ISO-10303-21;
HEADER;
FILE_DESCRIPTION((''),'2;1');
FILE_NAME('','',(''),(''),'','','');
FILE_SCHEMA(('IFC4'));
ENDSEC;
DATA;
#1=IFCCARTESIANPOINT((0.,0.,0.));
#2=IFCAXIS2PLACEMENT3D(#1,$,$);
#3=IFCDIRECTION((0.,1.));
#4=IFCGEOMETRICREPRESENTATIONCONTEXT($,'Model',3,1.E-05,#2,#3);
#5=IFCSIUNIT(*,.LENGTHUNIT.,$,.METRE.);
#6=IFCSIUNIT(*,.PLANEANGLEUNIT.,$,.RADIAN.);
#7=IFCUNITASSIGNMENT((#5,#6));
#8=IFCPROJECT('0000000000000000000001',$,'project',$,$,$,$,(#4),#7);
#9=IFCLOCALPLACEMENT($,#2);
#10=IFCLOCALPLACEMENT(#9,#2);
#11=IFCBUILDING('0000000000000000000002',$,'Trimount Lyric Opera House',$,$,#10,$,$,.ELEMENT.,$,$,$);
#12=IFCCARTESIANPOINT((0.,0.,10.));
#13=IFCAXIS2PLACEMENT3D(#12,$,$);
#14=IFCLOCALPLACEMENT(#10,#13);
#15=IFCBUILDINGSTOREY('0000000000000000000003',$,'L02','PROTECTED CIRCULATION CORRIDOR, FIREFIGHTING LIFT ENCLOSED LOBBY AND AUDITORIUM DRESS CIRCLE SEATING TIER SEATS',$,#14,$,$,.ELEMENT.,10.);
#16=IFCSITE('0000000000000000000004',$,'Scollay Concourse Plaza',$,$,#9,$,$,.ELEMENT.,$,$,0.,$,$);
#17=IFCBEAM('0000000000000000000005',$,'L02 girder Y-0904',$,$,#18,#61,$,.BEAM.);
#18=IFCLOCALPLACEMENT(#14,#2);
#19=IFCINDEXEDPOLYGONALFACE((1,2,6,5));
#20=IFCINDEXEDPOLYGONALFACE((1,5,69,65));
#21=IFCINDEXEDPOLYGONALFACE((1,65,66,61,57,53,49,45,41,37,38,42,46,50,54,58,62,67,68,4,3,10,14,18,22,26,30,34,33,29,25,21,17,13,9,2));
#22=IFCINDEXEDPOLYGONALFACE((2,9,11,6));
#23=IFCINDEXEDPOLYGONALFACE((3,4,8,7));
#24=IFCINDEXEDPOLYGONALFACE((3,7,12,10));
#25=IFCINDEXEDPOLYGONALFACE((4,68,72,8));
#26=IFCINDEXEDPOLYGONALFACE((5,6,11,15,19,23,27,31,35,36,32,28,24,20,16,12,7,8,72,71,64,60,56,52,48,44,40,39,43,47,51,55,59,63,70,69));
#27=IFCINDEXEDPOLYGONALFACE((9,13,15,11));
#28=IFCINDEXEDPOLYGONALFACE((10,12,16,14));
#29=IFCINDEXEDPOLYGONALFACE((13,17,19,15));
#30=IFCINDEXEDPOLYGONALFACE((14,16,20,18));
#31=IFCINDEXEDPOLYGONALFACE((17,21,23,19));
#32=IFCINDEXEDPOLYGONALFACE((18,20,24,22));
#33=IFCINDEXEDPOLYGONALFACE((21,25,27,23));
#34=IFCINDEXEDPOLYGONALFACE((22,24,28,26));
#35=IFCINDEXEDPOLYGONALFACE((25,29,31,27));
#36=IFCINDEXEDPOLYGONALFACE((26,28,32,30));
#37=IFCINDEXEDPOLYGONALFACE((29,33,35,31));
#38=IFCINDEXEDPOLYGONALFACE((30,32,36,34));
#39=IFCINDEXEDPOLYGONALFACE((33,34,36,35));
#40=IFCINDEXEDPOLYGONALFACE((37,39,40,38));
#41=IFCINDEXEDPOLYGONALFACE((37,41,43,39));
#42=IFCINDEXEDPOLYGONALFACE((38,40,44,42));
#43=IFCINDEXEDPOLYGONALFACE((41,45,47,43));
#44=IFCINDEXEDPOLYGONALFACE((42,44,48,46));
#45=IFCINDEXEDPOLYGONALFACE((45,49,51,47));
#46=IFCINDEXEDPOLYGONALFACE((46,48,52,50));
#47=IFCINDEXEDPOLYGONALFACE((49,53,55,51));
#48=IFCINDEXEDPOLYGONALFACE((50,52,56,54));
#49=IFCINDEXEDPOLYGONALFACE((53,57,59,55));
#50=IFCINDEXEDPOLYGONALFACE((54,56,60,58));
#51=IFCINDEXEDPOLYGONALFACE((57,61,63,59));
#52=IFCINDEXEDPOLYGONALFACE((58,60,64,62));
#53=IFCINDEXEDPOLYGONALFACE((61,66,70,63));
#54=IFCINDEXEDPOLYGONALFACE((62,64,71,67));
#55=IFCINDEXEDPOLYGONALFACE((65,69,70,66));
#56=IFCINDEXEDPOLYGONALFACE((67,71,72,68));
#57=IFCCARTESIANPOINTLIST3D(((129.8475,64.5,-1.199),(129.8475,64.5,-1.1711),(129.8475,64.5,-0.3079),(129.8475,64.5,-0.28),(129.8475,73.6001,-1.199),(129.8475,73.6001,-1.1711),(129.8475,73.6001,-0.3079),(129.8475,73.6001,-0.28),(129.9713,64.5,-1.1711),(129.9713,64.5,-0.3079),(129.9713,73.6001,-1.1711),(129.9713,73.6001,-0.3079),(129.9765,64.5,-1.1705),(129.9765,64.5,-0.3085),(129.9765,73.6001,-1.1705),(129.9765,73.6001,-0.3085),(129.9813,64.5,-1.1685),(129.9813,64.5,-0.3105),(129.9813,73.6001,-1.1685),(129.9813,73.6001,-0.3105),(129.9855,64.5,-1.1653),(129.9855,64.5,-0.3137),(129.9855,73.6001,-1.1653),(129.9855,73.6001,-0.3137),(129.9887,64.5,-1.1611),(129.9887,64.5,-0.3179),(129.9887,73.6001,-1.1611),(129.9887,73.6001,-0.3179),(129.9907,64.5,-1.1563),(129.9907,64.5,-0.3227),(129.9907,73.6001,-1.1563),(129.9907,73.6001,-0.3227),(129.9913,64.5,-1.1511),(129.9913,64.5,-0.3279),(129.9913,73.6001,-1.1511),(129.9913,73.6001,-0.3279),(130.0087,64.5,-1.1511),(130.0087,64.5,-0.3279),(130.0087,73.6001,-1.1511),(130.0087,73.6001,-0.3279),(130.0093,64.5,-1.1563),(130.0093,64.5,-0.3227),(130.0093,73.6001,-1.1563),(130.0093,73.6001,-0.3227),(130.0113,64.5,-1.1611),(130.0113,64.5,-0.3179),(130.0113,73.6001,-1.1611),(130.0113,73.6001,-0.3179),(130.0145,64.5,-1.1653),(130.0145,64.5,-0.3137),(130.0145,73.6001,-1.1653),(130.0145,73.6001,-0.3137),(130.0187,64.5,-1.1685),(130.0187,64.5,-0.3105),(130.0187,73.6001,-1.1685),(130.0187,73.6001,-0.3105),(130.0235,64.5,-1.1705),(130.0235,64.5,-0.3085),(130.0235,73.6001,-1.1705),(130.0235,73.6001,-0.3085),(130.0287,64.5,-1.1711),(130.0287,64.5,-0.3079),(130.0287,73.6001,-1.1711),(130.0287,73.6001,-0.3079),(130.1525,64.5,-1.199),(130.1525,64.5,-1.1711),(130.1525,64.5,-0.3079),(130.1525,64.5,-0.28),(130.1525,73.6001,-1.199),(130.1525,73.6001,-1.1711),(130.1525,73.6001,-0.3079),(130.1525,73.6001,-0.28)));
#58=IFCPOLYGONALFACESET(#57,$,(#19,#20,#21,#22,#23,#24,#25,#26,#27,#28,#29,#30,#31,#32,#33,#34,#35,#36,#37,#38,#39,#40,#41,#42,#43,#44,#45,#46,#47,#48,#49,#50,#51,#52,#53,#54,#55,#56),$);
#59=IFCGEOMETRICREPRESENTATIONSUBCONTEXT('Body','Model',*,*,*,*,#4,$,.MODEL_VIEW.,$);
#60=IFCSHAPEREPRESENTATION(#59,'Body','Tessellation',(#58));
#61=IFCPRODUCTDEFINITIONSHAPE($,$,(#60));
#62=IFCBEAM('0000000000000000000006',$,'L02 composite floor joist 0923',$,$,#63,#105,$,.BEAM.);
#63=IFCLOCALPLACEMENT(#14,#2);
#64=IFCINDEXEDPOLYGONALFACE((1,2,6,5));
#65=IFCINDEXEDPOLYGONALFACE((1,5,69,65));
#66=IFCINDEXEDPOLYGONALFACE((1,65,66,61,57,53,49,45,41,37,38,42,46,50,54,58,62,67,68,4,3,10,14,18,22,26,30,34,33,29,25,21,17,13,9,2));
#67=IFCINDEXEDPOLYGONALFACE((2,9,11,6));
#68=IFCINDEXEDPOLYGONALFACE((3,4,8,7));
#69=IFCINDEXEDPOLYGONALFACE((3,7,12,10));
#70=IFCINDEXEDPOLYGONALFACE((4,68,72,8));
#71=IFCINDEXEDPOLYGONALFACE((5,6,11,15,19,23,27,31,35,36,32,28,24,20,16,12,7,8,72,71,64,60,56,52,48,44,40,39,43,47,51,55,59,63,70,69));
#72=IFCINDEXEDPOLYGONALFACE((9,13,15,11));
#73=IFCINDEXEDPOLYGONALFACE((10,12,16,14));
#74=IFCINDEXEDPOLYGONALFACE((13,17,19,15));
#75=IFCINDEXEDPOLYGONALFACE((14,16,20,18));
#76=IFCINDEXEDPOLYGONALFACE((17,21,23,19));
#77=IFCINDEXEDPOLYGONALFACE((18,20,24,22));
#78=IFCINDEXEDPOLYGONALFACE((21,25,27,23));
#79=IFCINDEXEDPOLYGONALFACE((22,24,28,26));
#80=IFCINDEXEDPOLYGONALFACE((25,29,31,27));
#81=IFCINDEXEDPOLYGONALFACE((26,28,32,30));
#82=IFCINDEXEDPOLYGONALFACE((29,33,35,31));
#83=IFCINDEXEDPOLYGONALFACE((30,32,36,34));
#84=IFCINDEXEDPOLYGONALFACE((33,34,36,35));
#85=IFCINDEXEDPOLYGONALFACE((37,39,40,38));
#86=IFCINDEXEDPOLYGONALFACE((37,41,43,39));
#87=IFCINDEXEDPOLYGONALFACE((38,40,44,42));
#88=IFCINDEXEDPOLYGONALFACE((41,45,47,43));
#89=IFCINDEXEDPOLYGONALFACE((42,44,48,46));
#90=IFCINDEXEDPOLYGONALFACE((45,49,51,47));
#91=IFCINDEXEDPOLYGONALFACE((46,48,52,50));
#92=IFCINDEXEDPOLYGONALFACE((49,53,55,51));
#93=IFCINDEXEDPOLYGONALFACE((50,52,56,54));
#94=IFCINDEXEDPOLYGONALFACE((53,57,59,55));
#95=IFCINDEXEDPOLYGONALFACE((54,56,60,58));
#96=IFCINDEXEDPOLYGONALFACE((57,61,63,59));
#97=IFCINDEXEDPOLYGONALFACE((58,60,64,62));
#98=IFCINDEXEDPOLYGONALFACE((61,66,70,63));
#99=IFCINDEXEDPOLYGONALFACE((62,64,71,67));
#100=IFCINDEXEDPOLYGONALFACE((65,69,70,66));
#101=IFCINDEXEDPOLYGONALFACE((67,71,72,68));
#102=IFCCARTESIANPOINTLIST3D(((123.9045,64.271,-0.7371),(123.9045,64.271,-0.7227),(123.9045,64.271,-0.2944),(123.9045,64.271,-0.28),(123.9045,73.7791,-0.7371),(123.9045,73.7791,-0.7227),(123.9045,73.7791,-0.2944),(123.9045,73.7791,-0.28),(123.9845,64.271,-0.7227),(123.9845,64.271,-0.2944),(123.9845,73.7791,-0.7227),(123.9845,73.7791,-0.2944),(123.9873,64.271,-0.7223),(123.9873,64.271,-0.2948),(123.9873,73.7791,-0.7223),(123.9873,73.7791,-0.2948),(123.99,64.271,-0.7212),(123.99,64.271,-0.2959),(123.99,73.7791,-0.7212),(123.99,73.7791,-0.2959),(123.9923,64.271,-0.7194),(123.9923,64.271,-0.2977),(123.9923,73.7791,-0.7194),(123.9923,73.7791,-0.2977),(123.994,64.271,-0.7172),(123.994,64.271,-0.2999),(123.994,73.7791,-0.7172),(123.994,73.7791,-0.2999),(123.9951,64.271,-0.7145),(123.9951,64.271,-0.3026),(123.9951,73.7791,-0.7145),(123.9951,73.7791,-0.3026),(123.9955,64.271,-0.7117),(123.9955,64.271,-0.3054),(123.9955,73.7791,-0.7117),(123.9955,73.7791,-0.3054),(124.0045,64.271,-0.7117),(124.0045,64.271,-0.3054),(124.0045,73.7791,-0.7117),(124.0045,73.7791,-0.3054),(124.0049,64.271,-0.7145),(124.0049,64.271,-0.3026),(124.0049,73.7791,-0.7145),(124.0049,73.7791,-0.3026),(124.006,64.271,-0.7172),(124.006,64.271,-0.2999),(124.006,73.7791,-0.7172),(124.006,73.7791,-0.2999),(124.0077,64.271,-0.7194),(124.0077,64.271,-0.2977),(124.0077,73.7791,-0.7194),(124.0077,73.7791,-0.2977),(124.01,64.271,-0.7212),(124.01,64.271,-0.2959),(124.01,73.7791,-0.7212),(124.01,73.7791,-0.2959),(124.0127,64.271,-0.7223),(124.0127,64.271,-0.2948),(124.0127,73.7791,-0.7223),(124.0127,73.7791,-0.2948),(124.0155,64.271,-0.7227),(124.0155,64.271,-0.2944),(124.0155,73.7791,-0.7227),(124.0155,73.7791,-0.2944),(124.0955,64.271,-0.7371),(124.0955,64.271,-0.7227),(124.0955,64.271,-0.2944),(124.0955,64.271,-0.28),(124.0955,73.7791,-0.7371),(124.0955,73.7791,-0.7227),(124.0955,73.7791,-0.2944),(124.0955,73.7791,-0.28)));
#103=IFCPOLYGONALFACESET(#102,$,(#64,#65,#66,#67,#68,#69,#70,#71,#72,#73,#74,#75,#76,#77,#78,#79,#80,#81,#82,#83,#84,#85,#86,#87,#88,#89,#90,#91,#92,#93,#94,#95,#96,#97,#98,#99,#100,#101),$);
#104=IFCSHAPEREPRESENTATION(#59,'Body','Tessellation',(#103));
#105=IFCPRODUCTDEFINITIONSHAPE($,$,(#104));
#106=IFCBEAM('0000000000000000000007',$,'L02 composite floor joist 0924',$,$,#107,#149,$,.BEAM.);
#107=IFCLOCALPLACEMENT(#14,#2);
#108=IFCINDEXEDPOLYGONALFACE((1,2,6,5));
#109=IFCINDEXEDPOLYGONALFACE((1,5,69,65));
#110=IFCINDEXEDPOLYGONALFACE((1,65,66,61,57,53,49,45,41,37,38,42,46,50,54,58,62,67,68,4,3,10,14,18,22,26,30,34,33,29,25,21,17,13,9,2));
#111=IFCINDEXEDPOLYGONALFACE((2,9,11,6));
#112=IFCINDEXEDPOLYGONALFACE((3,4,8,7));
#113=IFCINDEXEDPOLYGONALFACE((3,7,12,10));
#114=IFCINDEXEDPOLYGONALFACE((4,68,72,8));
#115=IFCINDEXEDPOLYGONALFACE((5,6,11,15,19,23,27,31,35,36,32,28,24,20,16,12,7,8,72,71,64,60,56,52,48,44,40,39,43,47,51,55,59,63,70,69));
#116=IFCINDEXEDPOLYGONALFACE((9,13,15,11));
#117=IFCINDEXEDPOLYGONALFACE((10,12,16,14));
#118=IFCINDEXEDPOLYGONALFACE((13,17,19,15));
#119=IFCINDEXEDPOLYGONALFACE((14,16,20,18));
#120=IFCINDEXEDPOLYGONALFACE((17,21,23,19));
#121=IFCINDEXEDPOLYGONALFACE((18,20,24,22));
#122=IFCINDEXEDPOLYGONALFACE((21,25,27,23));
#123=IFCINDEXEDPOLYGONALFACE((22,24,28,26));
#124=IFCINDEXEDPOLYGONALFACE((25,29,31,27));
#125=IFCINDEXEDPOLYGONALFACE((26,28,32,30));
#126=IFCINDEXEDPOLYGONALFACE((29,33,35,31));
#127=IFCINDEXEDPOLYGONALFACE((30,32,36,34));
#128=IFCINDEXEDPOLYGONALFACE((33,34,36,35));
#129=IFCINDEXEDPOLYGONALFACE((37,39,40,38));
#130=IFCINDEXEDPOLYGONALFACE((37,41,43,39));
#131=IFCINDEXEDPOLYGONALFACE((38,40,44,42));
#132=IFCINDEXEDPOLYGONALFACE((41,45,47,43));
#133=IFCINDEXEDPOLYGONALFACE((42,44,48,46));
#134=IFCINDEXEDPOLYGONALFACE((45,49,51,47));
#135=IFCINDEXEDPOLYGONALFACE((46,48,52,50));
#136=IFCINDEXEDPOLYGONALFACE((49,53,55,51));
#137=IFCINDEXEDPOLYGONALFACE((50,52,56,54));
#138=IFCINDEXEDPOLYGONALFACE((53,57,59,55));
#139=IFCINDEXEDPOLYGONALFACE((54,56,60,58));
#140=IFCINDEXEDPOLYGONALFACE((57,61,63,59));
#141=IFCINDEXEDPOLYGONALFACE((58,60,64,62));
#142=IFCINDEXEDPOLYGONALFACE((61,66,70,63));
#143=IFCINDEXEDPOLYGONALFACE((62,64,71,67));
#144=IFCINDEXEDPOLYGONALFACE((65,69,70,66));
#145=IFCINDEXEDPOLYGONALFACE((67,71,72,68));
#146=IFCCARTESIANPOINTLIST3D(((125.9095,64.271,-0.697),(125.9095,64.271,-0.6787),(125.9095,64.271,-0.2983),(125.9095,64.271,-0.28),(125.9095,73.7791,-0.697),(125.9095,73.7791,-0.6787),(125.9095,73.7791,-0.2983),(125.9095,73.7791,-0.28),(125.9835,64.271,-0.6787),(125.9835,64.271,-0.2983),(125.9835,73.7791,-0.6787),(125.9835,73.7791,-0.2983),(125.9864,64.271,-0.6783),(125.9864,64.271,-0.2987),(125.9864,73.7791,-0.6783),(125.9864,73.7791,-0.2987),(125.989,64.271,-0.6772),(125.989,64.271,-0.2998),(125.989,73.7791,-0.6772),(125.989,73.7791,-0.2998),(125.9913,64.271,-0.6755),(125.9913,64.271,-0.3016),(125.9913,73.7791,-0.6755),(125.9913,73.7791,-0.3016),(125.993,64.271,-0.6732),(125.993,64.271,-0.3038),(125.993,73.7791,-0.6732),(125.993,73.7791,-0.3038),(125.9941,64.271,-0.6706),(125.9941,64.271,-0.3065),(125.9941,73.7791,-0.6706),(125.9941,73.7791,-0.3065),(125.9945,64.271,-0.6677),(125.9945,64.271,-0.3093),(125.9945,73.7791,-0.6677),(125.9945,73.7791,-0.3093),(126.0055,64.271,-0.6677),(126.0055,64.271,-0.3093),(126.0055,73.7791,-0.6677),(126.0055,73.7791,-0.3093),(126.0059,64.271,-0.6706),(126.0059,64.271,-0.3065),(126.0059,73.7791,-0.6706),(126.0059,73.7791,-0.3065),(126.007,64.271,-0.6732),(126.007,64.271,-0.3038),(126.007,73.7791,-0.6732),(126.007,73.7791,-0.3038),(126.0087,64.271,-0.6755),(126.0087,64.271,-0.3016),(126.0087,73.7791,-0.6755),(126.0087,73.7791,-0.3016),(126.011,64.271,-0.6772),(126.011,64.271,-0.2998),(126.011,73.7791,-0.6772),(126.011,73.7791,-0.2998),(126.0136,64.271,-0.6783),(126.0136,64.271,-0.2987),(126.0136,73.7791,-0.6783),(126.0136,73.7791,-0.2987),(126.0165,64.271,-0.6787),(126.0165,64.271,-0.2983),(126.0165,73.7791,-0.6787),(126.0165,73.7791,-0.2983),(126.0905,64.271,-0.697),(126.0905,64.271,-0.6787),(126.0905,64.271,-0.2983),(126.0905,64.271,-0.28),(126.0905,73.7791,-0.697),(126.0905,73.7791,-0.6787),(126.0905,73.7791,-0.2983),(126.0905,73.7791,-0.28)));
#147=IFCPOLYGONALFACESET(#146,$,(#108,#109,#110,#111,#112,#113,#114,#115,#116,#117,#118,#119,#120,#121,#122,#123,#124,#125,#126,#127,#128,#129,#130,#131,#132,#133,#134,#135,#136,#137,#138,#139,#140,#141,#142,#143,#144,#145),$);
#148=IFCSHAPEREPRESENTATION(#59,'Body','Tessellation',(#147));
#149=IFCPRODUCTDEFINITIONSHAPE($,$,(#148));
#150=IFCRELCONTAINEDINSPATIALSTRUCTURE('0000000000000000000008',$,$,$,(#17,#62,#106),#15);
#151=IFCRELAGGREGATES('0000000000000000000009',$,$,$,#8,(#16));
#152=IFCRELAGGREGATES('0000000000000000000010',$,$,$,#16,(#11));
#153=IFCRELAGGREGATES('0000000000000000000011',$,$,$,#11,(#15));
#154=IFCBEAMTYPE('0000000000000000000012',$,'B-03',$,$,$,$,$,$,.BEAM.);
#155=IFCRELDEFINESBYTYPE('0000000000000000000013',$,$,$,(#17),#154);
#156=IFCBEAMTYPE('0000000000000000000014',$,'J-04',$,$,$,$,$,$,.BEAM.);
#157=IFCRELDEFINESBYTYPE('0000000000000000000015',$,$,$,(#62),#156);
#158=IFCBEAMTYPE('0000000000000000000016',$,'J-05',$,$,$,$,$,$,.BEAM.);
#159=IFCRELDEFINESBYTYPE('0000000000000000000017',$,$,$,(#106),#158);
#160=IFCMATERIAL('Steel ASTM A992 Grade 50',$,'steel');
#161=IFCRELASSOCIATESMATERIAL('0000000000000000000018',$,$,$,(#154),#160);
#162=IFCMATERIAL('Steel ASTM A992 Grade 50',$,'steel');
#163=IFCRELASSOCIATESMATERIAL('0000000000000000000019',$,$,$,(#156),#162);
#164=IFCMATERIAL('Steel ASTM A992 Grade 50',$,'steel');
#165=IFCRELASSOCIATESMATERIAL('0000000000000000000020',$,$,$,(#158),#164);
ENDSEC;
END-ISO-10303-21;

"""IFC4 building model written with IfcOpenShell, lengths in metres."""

from ifc_helpers import new_model, si_unit, direction, frame, origin, origin_2d, place, context, subcontext, project, spatial, i_section, extrude, material, material_profile, profile_set, type_object, element, save


model = new_model("IFC4")

# Units and contexts
model_context = context("Model", 3, precision=1e-05, world=origin(), true_north=direction((0.0, 1.0)))
body_context = subcontext(model_context, "Body", "Model", "MODEL_VIEW")
ifc_project = project(units=[si_unit("LENGTHUNIT", "METRE"), si_unit("PLANEANGLEUNIT", "RADIAN")], contexts=[model_context])

# Site, building, storey
site_placement = place(None, origin())
site = spatial("IfcSite", under=ifc_project, at=site_placement, Name="Scollay Concourse Plaza", CompositionType="ELEMENT", RefElevation=0.0)
building_placement = place(site_placement, origin())
building = spatial("IfcBuilding", under=site, at=building_placement, Name="Trimount Lyric Opera House", CompositionType="ELEMENT")
storey_placement = place(building_placement, frame((0.0, 0.0, 10.0)))
storey = spatial("IfcBuildingStorey", under=building, at=storey_placement, Name="L02", Description="PROTECTED CIRCULATION CORRIDOR, FIREFIGHTING LIFT ENCLOSED LOBBY AND AUDITORIUM DRESS CIRCLE SEATING TIER SEATS", CompositionType="ELEMENT", Elevation=10.0)

# Beams
ifc_material_1 = material(Name="Steel ASTM A992 Grade 50", Category="steel")
ifc_material_profile_1 = material_profile(ifc_material_1, i_section(OverallWidth=0.3049, OverallDepth=0.9189, WebThickness=0.0173, FlangeThickness=0.0278, FilletRadius=0.02, at=origin_2d()), Name="W36X170")
ifc_profile_set_1 = profile_set([ifc_material_profile_1], Name="Steel ASTM A992 Grade 50")
beam_type_1 = type_object("IfcBeamType", Name="B-03", PredefinedType="BEAM", material=ifc_profile_set_1)
beam_1_placement = place(storey_placement, frame((130.0, 64.5, -0.7395), z_axis=(0.0, 1.0, 0.0), x_axis=(-1.0, 0.0, 0.0)))
element("IfcBeam", 1, at=beam_1_placement, inside=storey, type_object=beam_type_1, Name="L02 girder Y-0904", PredefinedType="BEAM", context=body_context, shape_type="SweptSolid", body=[
    extrude(i_section(OverallWidth=0.3049, OverallDepth=0.9189, WebThickness=0.0173, FlangeThickness=0.0278, FilletRadius=0.02, at=origin_2d()), origin(), (0.0, 0.0, 1.0), 9.1001),
])
ifc_material_2 = material(Name="Steel ASTM A992 Grade 50", Category="steel")
ifc_material_profile_2 = material_profile(ifc_material_2, i_section(OverallWidth=0.1909, OverallDepth=0.457, WebThickness=0.009, FlangeThickness=0.0144, FilletRadius=0.011, at=origin_2d()), Name="W18X50")
ifc_profile_set_2 = profile_set([ifc_material_profile_2], Name="Steel ASTM A992 Grade 50")
beam_type_2 = type_object("IfcBeamType", Name="J-04", PredefinedType="BEAM", material=ifc_profile_set_2)
beam_2_placement = place(storey_placement, frame((124.0, 64.271, -0.5085), z_axis=(0.0, 1.0, 0.0), x_axis=(-1.0, 0.0, 0.0)))
element("IfcBeam", 2, at=beam_2_placement, inside=storey, type_object=beam_type_2, Name="L02 composite floor joist 0923", PredefinedType="BEAM", context=body_context, shape_type="SweptSolid", body=[
    extrude(i_section(OverallWidth=0.1909, OverallDepth=0.457, WebThickness=0.009, FlangeThickness=0.0144, FilletRadius=0.011, at=origin_2d()), origin(), (0.0, 0.0, 1.0), 9.5081),
])
ifc_material_3 = material(Name="Steel ASTM A992 Grade 50", Category="steel")
ifc_material_profile_3 = material_profile(ifc_material_3, i_section(OverallWidth=0.1809, OverallDepth=0.417, WebThickness=0.011, FlangeThickness=0.0183, FilletRadius=0.011, at=origin_2d()), Name="W16X57")
ifc_profile_set_3 = profile_set([ifc_material_profile_3], Name="Steel ASTM A992 Grade 50")
beam_type_3 = type_object("IfcBeamType", Name="J-05", PredefinedType="BEAM", material=ifc_profile_set_3)
beam_3_placement = place(storey_placement, frame((126.0, 64.271, -0.4885), z_axis=(0.0, 1.0, 0.0), x_axis=(-1.0, 0.0, 0.0)))
element("IfcBeam", 3, at=beam_3_placement, inside=storey, type_object=beam_type_3, Name="L02 composite floor joist 0924", PredefinedType="BEAM", context=body_context, shape_type="SweptSolid", body=[
    extrude(i_section(OverallWidth=0.1809, OverallDepth=0.417, WebThickness=0.011, FlangeThickness=0.0183, FilletRadius=0.011, at=origin_2d()), origin(), (0.0, 0.0, 1.0), 9.5081),
])

save(model, "model.ifc")
